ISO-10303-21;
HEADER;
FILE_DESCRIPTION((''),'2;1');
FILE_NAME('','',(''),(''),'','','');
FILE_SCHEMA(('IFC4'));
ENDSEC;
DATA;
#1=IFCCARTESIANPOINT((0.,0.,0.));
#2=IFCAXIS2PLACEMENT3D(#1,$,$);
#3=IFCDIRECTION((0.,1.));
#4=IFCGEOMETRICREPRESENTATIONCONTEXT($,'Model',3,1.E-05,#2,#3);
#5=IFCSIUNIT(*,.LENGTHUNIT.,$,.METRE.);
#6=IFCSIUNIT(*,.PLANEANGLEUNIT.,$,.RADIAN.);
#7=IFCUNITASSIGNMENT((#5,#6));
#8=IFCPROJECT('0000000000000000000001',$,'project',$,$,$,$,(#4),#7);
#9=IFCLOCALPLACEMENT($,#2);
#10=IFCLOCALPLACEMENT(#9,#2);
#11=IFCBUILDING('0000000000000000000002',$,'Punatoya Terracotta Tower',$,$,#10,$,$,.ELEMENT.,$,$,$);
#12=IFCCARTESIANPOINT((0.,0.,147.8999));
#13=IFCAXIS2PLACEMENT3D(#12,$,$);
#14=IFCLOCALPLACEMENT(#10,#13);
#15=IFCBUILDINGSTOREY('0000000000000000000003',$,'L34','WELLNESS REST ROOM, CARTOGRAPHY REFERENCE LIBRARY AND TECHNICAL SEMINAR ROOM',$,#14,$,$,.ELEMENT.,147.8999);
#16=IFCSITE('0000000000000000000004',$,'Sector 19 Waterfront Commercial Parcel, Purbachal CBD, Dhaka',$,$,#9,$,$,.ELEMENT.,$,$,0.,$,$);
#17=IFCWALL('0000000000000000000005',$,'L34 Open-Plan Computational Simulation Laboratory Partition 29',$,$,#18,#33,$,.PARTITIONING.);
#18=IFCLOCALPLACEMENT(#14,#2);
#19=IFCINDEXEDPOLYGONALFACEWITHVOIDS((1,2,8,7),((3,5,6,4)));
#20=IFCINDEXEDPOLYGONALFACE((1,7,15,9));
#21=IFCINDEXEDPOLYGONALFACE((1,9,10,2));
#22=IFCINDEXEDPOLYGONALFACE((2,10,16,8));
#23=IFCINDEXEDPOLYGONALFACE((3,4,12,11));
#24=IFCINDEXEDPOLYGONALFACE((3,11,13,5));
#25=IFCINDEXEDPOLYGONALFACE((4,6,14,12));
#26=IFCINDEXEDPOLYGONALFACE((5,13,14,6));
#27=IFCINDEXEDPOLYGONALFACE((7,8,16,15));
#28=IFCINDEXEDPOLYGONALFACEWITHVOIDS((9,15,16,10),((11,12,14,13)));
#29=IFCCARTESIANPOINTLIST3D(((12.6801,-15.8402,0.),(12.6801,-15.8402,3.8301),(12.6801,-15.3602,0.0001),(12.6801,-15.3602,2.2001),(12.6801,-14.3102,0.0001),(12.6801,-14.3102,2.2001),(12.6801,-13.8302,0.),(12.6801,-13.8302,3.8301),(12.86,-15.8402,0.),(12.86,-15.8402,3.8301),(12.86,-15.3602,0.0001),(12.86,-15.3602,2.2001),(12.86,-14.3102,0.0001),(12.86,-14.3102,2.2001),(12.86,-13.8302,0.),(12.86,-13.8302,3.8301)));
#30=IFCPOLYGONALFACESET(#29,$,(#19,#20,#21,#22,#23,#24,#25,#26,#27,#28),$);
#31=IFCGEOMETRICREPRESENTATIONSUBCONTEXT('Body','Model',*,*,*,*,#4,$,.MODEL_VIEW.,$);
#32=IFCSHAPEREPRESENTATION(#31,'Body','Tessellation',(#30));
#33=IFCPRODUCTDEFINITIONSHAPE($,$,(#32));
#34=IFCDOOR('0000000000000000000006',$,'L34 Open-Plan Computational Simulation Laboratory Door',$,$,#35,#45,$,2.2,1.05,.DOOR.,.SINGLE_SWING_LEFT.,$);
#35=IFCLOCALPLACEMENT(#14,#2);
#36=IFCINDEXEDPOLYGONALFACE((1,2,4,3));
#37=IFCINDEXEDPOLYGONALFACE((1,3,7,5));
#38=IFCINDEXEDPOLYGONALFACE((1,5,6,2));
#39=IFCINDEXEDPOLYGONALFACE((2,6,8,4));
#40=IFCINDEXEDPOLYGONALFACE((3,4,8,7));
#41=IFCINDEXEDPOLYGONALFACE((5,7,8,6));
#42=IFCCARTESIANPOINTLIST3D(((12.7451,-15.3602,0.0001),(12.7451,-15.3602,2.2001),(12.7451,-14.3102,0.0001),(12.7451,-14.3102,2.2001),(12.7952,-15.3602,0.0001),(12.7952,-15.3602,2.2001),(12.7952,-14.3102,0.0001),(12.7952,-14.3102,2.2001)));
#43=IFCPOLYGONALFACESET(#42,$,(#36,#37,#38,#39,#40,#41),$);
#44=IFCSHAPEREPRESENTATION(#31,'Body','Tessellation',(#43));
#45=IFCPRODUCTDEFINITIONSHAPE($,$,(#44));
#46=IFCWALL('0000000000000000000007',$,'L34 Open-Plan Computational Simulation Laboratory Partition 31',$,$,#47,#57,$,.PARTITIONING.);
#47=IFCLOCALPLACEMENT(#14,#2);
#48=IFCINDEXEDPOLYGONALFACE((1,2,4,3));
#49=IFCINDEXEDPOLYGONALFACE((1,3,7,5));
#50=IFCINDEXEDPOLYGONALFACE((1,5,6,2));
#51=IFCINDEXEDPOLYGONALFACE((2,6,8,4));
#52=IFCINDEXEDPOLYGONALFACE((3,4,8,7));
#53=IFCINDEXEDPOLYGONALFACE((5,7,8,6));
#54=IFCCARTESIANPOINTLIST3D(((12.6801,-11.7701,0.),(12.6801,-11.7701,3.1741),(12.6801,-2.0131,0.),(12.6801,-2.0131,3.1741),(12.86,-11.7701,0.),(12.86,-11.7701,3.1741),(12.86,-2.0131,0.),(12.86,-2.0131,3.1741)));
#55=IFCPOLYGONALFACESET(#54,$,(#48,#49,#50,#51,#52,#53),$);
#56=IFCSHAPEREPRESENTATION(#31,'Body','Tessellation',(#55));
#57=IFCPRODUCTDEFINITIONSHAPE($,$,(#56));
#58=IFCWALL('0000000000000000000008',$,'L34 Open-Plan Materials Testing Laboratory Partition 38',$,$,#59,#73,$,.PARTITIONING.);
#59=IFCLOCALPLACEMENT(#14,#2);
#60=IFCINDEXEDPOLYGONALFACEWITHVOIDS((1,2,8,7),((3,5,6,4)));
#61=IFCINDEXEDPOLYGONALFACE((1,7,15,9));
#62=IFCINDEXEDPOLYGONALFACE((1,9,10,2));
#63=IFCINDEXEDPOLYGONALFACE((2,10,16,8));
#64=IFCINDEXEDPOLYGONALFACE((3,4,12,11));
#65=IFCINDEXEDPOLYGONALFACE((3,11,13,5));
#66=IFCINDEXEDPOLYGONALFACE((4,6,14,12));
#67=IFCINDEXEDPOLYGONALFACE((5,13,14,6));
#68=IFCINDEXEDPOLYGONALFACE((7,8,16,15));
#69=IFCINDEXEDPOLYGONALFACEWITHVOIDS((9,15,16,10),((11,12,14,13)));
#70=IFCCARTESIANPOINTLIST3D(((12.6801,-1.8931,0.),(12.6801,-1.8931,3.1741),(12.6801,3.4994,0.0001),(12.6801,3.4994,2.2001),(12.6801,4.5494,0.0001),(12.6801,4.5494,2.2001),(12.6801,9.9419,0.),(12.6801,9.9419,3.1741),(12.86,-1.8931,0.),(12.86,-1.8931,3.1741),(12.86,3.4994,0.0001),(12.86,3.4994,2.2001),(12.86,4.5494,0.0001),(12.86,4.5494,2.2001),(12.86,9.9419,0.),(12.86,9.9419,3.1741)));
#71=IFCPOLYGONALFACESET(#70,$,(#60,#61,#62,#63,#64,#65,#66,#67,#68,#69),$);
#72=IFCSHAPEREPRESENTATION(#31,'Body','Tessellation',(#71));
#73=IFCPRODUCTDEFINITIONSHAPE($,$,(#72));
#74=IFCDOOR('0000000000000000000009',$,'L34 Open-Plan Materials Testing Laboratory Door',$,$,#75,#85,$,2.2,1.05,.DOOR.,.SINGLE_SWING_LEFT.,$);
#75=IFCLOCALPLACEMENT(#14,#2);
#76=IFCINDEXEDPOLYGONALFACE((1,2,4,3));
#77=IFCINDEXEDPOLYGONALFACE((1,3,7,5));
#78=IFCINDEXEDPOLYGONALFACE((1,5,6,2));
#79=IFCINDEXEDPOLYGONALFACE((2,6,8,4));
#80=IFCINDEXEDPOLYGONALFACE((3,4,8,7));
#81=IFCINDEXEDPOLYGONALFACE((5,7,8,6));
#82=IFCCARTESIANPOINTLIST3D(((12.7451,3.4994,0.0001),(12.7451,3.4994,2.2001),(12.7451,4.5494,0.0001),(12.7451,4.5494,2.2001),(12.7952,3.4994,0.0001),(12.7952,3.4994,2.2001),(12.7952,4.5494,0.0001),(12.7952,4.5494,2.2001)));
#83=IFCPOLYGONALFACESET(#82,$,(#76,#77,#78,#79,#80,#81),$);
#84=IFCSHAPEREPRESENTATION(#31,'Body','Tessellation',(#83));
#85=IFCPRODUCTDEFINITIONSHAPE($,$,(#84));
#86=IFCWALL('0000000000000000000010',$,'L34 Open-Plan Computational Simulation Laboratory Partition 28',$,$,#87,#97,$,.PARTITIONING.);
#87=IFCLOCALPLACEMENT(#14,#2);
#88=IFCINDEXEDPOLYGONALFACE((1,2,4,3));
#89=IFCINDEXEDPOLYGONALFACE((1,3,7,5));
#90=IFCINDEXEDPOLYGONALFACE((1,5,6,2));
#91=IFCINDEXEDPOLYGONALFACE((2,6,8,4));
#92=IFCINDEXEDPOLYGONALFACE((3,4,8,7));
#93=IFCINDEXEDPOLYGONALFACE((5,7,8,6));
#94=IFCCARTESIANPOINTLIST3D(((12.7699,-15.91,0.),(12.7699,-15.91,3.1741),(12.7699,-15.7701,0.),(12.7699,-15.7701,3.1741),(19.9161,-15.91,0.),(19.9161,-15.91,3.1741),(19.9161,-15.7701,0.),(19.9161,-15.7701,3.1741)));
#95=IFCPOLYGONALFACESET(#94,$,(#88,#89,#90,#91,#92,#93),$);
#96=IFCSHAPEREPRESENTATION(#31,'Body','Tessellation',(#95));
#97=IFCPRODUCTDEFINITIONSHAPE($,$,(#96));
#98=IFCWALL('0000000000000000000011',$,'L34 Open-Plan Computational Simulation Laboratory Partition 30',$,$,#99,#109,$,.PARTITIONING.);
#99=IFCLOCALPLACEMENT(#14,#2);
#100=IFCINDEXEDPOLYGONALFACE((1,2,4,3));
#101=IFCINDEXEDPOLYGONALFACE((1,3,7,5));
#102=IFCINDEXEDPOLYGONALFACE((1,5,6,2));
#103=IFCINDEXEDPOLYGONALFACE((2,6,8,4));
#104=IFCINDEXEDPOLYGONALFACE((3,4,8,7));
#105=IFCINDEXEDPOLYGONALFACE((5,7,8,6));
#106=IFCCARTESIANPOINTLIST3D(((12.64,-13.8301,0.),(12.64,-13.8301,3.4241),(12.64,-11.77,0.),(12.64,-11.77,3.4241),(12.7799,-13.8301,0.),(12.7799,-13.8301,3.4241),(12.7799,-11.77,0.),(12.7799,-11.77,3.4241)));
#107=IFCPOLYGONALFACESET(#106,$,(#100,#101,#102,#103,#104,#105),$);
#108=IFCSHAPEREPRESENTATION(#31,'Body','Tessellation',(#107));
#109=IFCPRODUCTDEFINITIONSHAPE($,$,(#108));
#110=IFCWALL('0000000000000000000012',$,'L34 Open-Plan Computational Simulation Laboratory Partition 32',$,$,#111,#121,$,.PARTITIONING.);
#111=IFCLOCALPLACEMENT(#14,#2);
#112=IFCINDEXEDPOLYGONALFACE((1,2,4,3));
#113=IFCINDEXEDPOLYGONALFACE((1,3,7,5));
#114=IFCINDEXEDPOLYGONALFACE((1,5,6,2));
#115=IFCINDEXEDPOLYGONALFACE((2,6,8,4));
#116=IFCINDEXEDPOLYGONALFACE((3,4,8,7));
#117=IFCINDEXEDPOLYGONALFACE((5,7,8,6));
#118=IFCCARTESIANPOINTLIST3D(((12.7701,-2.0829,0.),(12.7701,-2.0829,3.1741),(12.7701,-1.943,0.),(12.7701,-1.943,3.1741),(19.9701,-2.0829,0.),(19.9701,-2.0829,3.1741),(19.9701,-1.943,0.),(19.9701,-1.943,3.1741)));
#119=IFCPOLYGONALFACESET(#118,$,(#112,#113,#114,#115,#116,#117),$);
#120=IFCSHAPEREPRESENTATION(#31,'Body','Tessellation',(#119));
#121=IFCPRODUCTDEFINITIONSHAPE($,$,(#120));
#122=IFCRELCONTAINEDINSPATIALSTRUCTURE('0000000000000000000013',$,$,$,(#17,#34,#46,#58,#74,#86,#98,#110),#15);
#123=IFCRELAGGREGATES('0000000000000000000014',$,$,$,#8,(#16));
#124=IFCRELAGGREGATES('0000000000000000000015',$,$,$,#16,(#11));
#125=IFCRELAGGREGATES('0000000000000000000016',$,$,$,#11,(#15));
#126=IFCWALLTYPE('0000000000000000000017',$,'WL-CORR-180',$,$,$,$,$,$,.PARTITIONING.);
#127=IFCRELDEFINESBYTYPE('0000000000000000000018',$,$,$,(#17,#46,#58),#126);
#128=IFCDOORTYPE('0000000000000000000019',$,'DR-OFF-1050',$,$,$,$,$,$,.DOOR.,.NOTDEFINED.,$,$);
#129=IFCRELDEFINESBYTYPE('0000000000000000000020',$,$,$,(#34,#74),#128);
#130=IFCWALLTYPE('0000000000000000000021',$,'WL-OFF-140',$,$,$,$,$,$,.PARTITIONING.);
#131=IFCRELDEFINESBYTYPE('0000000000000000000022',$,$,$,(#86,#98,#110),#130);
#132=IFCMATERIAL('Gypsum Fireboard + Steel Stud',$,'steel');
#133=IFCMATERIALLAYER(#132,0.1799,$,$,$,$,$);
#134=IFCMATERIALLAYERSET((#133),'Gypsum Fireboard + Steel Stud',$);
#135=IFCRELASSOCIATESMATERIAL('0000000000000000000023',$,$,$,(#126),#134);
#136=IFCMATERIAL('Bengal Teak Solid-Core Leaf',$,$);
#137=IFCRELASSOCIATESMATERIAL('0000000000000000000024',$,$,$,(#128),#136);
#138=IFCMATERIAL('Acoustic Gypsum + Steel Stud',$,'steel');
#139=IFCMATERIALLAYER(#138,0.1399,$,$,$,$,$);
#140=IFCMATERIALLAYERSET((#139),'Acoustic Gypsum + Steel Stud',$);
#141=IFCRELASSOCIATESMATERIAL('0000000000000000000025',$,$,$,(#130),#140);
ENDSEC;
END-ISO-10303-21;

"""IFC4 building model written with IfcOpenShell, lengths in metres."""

from ifc_helpers import new_model, si_unit, direction, frame, frame_2d, origin, place, context, subcontext, project, spatial, rectangle, extrude, material, layer, layer_set, type_object, element, fill, save


model = new_model("IFC4")

# Units and contexts
model_context = context("Model", 3, precision=1e-05, world=origin(), true_north=direction((0.0, 1.0)))
body_context = subcontext(model_context, "Body", "Model", "MODEL_VIEW")
ifc_project = project(units=[si_unit("LENGTHUNIT", "METRE"), si_unit("PLANEANGLEUNIT", "RADIAN")], contexts=[model_context])

# Site, building, storey
site_placement = place(None, origin())
site = spatial("IfcSite", under=ifc_project, at=site_placement, Name="Sector 19 Waterfront Commercial Parcel, Purbachal CBD, Dhaka", CompositionType="ELEMENT", RefElevation=0.0)
building_placement = place(site_placement, origin())
building = spatial("IfcBuilding", under=site, at=building_placement, Name="Punatoya Terracotta Tower", CompositionType="ELEMENT")
storey_placement = place(building_placement, frame((0.0, 0.0, 147.8999)))
storey = spatial("IfcBuildingStorey", under=building, at=storey_placement, Name="L34", Description="WELLNESS REST ROOM, CARTOGRAPHY REFERENCE LIBRARY AND TECHNICAL SEMINAR ROOM", CompositionType="ELEMENT", Elevation=147.8999)

# Wall, opening, door
ifc_material_1 = material(Name="Gypsum Fireboard + Steel Stud", Category="steel")
ifc_layer_1 = layer(ifc_material_1, 0.1799)
ifc_layer_set_1 = layer_set([ifc_layer_1], Name="Gypsum Fireboard + Steel Stud")
wall_type_1 = type_object("IfcWallType", Name="WL-CORR-180", PredefinedType="PARTITIONING", material=ifc_layer_set_1)
wall_1_placement = place(storey_placement, frame((12.77, -15.8401, 0.0), z_axis=(0.0, 0.0, 1.0), x_axis=(0.0, 1.0, 0.0)))
wall_1 = element("IfcWall", 1, at=wall_1_placement, inside=storey, type_object=wall_type_1, Name="L34 Open-Plan Computational Simulation Laboratory Partition 29", PredefinedType="PARTITIONING", context=body_context, shape_type="SweptSolid", body=[
    extrude(rectangle(XDim=2.01, YDim=0.1799, at=frame_2d((1.0049, 0.0))), origin(), (0.0, 0.0, 1.0), 3.8301),
])
opening_1_placement = place(wall_1_placement, frame((0.48, 0.0, 0.0)))
opening_1 = element("IfcOpeningElement", 2, at=opening_1_placement, cuts=wall_1, PredefinedType="OPENING", context=body_context, shape_type="SweptSolid", body=[
    extrude(rectangle(XDim=1.05, YDim=2.2, at=frame_2d((0.5249, 1.1001))), frame((0.0, 0.0999, 0.0), z_axis=(0.0, -1.0, 0.0), x_axis=(1.0, 0.0, 0.0)), (0.0, 0.0, 1.0), 0.2),
])
ifc_material_2 = material(Name="Bengal Teak Solid-Core Leaf")
door_type = type_object("IfcDoorType", Name="DR-OFF-1050", OperationType="NOTDEFINED", PredefinedType="DOOR", material=ifc_material_2)
door_1_placement = place(opening_1_placement, origin())
door_1 = element("IfcDoor", 3, at=door_1_placement, inside=storey, type_object=door_type, Name="L34 Open-Plan Computational Simulation Laboratory Door", OperationType="SINGLE_SWING_LEFT", OverallHeight=2.2, OverallWidth=1.05, PredefinedType="DOOR", context=body_context, shape_type="SweptSolid", body=[
    extrude(rectangle(XDim=1.05, YDim=2.2, at=frame_2d((0.5249, 1.1001))), frame((0.0, 0.0249, 0.0), z_axis=(0.0, -1.0, 0.0), x_axis=(1.0, 0.0, 0.0)), (0.0, 0.0, 1.0), 0.05),
])
fill(opening_1, door_1)

# Wall
wall_2_placement = place(storey_placement, frame((12.77, -11.77, 0.0), z_axis=(0.0, 0.0, 1.0), x_axis=(0.0, 1.0, 0.0)))
element("IfcWall", 4, at=wall_2_placement, inside=storey, type_object=wall_type_1, Name="L34 Open-Plan Computational Simulation Laboratory Partition 31", PredefinedType="PARTITIONING", context=body_context, shape_type="SweptSolid", body=[
    extrude(rectangle(XDim=9.7571, YDim=0.1799, at=frame_2d((4.8784, 0.0))), origin(), (0.0, 0.0, 1.0), 3.1741),
])

# Wall, opening, door
wall_3_placement = place(storey_placement, frame((12.77, -1.8931, 0.0), z_axis=(0.0, 0.0, 1.0), x_axis=(0.0, 1.0, 0.0)))
wall_3 = element("IfcWall", 5, at=wall_3_placement, inside=storey, type_object=wall_type_1, Name="L34 Open-Plan Materials Testing Laboratory Partition 38", PredefinedType="PARTITIONING", context=body_context, shape_type="SweptSolid", body=[
    extrude(rectangle(XDim=11.835, YDim=0.1799, at=frame_2d((5.9175, 0.0))), origin(), (0.0, 0.0, 1.0), 3.1741),
])
opening_2_placement = place(wall_3_placement, frame((5.3926, 0.0, 0.0)))
opening_2 = element("IfcOpeningElement", 6, at=opening_2_placement, cuts=wall_3, PredefinedType="OPENING", context=body_context, shape_type="SweptSolid", body=[
    extrude(rectangle(XDim=1.05, YDim=2.2, at=frame_2d((0.5249, 1.1001))), frame((0.0, 0.0999, 0.0), z_axis=(0.0, -1.0, 0.0), x_axis=(1.0, 0.0, 0.0)), (0.0, 0.0, 1.0), 0.2),
])
door_2_placement = place(opening_2_placement, origin())
door_2 = element("IfcDoor", 7, at=door_2_placement, inside=storey, type_object=door_type, Name="L34 Open-Plan Materials Testing Laboratory Door", OperationType="SINGLE_SWING_LEFT", OverallHeight=2.2, OverallWidth=1.05, PredefinedType="DOOR", context=body_context, shape_type="SweptSolid", body=[
    extrude(rectangle(XDim=1.05, YDim=2.2, at=frame_2d((0.5249, 1.1001))), frame((0.0, 0.0249, 0.0), z_axis=(0.0, -1.0, 0.0), x_axis=(1.0, 0.0, 0.0)), (0.0, 0.0, 1.0), 0.05),
])
fill(opening_2, door_2)

# Walls
ifc_material_3 = material(Name="Acoustic Gypsum + Steel Stud", Category="steel")
ifc_layer_2 = layer(ifc_material_3, 0.1399)
ifc_layer_set_2 = layer_set([ifc_layer_2], Name="Acoustic Gypsum + Steel Stud")
wall_type_2 = type_object("IfcWallType", Name="WL-OFF-140", PredefinedType="PARTITIONING", material=ifc_layer_set_2)
wall_4_placement = place(storey_placement, frame((19.9163, -15.8401, 0.0), z_axis=(0.0, 0.0, 1.0), x_axis=(-1.0, 0.0, 0.0)))
element("IfcWall", 8, at=wall_4_placement, inside=storey, type_object=wall_type_2, Name="L34 Open-Plan Computational Simulation Laboratory Partition 28", PredefinedType="PARTITIONING", context=body_context, shape_type="SweptSolid", body=[
    extrude(rectangle(XDim=7.1462, YDim=0.1399, at=frame_2d((3.5732, 0.0))), origin(), (0.0, 0.0, 1.0), 3.1741),
])
wall_5_placement = place(storey_placement, frame((12.71, -13.8301, 0.0), z_axis=(0.0, 0.0, 1.0), x_axis=(0.0, 1.0, 0.0)))
element("IfcWall", 9, at=wall_5_placement, inside=storey, type_object=wall_type_2, Name="L34 Open-Plan Computational Simulation Laboratory Partition 30", PredefinedType="PARTITIONING", context=body_context, shape_type="SweptSolid", body=[
    extrude(rectangle(XDim=2.0601, YDim=0.1399, at=frame_2d((1.03, 0.0))), origin(), (0.0, 0.0, 1.0), 3.4241),
])
wall_6_placement = place(storey_placement, frame((12.77, -2.0129, 0.0), z_axis=(0.0, 0.0, 1.0), x_axis=(1.0, 0.0, 0.0)))
element("IfcWall", 10, at=wall_6_placement, inside=storey, type_object=wall_type_2, Name="L34 Open-Plan Computational Simulation Laboratory Partition 32", PredefinedType="PARTITIONING", context=body_context, shape_type="SweptSolid", body=[
    extrude(rectangle(XDim=7.2, YDim=0.1399, at=frame_2d((3.6001, 0.0))), origin(), (0.0, 0.0, 1.0), 3.1741),
])

save(model, "model.ifc")
